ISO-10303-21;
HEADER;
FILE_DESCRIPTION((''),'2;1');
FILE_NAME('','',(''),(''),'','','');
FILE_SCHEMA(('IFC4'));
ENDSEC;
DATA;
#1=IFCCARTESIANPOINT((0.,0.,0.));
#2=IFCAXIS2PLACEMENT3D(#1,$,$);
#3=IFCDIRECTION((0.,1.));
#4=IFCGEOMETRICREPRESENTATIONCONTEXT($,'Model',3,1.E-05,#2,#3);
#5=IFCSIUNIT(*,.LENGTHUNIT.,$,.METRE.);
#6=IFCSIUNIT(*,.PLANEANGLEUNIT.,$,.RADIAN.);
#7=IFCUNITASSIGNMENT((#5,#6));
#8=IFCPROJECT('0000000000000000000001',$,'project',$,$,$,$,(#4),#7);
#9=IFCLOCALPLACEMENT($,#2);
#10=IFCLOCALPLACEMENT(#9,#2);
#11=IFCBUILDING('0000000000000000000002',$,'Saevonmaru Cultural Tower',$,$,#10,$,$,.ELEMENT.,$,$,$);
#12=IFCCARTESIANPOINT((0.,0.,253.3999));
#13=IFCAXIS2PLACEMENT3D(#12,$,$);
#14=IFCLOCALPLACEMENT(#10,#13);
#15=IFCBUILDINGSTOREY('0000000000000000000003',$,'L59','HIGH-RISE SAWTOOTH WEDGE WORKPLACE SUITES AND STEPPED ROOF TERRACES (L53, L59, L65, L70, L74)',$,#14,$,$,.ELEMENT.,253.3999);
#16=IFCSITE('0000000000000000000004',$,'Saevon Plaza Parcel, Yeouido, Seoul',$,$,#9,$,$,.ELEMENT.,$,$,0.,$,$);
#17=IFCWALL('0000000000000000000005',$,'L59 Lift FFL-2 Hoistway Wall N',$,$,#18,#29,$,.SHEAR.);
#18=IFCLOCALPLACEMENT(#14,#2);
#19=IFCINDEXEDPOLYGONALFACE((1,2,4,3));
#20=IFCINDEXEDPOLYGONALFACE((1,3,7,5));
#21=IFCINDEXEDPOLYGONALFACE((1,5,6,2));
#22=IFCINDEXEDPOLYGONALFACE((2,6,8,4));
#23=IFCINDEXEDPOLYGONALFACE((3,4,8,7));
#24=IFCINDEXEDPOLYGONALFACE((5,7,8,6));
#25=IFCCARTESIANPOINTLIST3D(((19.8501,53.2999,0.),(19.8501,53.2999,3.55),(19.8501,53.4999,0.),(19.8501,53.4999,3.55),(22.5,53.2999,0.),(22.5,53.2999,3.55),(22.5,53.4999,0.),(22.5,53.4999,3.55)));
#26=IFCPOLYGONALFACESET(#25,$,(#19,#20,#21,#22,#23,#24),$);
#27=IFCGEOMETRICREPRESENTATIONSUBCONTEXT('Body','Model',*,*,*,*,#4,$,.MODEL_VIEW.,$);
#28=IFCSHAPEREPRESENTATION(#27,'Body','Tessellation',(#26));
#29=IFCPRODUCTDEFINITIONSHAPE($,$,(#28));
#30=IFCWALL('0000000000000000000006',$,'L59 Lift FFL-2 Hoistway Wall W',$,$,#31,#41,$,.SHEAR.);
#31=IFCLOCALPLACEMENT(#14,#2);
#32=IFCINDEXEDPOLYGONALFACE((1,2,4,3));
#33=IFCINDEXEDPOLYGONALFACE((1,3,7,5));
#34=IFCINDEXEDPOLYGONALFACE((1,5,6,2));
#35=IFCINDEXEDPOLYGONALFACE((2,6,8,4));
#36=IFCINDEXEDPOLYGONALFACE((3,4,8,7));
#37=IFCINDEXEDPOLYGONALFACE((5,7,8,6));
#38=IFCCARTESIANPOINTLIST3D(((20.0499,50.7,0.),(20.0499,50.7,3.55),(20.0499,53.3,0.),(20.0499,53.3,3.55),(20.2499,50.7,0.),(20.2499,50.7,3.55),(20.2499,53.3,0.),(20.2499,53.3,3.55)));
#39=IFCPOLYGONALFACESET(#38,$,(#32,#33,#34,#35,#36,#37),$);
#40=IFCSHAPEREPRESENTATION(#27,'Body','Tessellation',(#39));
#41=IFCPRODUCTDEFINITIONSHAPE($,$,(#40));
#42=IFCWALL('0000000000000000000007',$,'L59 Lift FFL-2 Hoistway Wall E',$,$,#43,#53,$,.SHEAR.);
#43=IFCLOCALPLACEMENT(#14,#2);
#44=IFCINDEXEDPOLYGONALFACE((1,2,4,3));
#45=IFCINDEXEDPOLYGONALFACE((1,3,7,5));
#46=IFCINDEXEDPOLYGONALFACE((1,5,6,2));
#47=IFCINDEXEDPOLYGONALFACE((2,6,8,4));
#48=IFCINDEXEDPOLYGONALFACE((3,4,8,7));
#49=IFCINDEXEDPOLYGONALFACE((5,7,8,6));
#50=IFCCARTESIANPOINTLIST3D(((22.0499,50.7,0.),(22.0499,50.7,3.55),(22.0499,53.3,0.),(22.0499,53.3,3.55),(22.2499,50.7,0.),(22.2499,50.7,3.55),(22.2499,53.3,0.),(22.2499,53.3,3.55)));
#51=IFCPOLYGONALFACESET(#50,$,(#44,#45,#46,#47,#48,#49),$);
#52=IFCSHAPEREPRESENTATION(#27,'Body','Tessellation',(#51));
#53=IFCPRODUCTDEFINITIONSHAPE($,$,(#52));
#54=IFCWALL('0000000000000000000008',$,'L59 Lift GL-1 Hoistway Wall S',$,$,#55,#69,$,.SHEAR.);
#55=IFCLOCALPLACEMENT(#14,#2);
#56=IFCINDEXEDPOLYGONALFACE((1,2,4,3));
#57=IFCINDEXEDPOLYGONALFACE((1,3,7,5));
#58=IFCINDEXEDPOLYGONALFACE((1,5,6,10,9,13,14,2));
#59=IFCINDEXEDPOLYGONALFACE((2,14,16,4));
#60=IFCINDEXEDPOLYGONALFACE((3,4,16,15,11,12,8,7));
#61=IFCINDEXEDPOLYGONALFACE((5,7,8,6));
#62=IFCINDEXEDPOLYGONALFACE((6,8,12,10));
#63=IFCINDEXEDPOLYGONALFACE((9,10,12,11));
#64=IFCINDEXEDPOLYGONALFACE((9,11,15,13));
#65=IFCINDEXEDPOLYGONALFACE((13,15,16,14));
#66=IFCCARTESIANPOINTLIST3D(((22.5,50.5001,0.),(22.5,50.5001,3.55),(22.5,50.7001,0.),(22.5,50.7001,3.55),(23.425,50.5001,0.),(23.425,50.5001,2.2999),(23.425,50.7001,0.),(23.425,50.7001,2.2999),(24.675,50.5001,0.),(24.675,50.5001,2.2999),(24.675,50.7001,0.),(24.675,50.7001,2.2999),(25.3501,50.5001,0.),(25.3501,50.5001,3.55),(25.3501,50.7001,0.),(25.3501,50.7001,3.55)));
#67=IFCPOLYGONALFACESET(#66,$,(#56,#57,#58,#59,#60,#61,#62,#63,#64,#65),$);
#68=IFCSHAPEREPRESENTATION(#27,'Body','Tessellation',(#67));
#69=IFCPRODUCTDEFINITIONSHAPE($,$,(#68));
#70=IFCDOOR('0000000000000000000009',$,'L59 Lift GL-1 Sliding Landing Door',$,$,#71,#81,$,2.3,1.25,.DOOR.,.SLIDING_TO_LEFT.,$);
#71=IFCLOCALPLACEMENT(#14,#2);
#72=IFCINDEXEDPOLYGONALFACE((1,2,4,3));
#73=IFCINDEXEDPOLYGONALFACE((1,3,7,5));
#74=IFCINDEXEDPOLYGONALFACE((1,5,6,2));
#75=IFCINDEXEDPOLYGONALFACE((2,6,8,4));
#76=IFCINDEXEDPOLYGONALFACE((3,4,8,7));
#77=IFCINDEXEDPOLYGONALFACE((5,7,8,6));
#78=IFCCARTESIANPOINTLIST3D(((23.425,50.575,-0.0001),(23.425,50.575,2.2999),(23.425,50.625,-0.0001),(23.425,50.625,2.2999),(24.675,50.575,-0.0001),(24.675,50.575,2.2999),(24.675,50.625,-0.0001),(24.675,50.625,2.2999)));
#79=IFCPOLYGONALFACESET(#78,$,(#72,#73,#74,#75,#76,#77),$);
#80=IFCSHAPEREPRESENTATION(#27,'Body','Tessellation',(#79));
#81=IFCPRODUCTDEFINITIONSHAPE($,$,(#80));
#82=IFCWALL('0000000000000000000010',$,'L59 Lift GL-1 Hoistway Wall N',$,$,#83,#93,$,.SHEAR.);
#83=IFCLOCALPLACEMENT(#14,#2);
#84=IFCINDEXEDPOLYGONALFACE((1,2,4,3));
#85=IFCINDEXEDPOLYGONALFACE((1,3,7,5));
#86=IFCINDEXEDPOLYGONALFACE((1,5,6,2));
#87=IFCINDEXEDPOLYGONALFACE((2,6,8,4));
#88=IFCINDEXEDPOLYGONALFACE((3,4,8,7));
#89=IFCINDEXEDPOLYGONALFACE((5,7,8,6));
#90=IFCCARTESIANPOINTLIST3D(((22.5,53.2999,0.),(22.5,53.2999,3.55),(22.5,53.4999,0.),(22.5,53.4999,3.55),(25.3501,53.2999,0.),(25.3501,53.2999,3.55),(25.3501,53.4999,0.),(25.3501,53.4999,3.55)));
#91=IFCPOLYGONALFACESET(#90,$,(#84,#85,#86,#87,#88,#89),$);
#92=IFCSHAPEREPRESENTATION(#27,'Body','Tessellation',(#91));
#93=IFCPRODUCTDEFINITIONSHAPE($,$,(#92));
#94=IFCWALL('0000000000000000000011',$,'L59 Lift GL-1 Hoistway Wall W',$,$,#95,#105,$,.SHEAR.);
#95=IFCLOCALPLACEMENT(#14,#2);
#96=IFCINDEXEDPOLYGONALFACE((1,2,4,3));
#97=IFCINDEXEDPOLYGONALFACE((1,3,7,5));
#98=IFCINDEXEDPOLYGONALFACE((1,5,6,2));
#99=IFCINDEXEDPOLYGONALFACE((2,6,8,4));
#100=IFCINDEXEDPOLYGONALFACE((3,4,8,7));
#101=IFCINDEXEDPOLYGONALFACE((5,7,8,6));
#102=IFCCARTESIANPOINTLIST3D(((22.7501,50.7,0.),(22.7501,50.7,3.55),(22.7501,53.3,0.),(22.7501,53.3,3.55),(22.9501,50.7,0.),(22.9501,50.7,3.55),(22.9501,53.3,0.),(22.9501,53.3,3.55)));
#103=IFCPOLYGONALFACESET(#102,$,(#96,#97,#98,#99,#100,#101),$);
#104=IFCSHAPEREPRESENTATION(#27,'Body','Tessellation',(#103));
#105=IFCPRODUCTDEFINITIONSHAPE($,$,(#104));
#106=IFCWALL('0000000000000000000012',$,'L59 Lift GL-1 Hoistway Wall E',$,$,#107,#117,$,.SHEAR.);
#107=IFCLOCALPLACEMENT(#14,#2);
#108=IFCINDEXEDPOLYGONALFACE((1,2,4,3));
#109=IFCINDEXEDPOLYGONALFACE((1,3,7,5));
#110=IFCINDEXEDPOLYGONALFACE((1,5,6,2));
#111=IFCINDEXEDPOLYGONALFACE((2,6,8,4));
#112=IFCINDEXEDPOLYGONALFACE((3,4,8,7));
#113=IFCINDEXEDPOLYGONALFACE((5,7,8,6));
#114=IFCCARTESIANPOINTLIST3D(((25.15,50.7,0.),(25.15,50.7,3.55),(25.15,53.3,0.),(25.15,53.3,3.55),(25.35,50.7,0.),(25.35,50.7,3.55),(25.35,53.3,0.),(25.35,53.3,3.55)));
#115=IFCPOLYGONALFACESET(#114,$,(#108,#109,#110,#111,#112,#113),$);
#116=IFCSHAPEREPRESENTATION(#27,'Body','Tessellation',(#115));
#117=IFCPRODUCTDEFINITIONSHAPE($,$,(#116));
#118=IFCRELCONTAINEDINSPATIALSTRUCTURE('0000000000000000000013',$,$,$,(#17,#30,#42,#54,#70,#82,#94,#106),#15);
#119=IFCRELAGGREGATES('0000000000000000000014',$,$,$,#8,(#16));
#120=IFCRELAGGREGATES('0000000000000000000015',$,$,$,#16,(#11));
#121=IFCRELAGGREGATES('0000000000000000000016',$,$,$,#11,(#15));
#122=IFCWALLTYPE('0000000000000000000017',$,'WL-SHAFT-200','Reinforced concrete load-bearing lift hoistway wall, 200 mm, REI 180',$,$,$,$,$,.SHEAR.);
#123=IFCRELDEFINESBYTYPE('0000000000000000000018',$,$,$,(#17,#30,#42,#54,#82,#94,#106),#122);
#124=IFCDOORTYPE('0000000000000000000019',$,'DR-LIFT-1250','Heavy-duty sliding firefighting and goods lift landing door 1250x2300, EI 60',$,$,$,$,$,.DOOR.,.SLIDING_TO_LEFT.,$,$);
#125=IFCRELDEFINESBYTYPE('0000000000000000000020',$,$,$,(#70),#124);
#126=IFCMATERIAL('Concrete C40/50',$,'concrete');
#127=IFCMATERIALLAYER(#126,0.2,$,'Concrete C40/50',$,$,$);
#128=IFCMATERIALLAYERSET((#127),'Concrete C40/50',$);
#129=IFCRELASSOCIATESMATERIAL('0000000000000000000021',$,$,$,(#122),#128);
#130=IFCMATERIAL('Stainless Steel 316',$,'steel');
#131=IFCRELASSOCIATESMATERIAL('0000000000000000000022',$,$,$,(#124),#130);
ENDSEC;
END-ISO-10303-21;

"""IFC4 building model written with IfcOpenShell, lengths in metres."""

from ifc_helpers import new_model, si_unit, direction, frame, frame_2d, origin, place, context, subcontext, project, spatial, rectangle, extrude, material, layer, layer_set, type_object, element, fill, save


model = new_model("IFC4")

# Units and contexts
model_context = context("Model", 3, precision=1e-05, world=origin(), true_north=direction((0.0, 1.0)))
body_context = subcontext(model_context, "Body", "Model", "MODEL_VIEW")
ifc_project = project(units=[si_unit("LENGTHUNIT", "METRE"), si_unit("PLANEANGLEUNIT", "RADIAN")], contexts=[model_context])

# Site, building, storey
site_placement = place(None, origin())
site = spatial("IfcSite", under=ifc_project, at=site_placement, Name="Saevon Plaza Parcel, Yeouido, Seoul", CompositionType="ELEMENT", RefElevation=0.0)
building_placement = place(site_placement, origin())
building = spatial("IfcBuilding", under=site, at=building_placement, Name="Saevonmaru Cultural Tower", CompositionType="ELEMENT")
storey_placement = place(building_placement, frame((0.0, 0.0, 253.3999)))
storey = spatial("IfcBuildingStorey", under=building, at=storey_placement, Name="L59", Description="HIGH-RISE SAWTOOTH WEDGE WORKPLACE SUITES AND STEPPED ROOF TERRACES (L53, L59, L65, L70, L74)", CompositionType="ELEMENT", Elevation=253.3999)

# Shared definitions
ifc_material_1 = material(Name="Concrete C40/50", Category="concrete")
ifc_layer_1 = layer(ifc_material_1, 0.2, Name="Concrete C40/50")
ifc_layer_set_1 = layer_set([ifc_layer_1], Name="Concrete C40/50")
wall_type_1 = type_object("IfcWallType", Name="WL-SHAFT-200", Description="Reinforced concrete load-bearing lift hoistway wall, 200 mm, REI 180", PredefinedType="SHEAR", material=ifc_layer_set_1)

# Shared definitions
ifc_material_2 = material(Name="Stainless Steel 316", Category="steel")
door_type_1 = type_object("IfcDoorType", Name="DR-LIFT-1250", Description="Heavy-duty sliding firefighting and goods lift landing door 1250x2300, EI 60", OperationType="SLIDING_TO_LEFT", PredefinedType="DOOR", material=ifc_material_2)

# Walls
wall_1_placement = place(storey_placement, frame((19.8501, 53.3999, 0.0), z_axis=(0.0, 0.0, 1.0), x_axis=(1.0, 0.0, 0.0)))
element("IfcWall", 1, at=wall_1_placement, inside=storey, type_object=wall_type_1, Name="L59 Lift FFL-2 Hoistway Wall N", PredefinedType="SHEAR", context=body_context, shape_type="SweptSolid", body=[
    extrude(rectangle(XDim=2.6499, YDim=0.2, at=frame_2d((1.325, 0.0))), origin(), (0.0, 0.0, 1.0), 3.55),
])
for number, where, z_axis, x_axis, name in (
    (2, (20.1499, 50.7, 0.0), (0.0, 0.0, 1.0), (0.0, 1.0, 0.0), "L59 Lift FFL-2 Hoistway Wall W"),
    (3, (22.1499, 50.7, 0.0), (0.0, 0.0, 1.0), (0.0, 1.0, 0.0), "L59 Lift FFL-2 Hoistway Wall E"),
):
    element("IfcWall", number, at=place(storey_placement, frame(where, z_axis=z_axis, x_axis=x_axis)), inside=storey, type_object=wall_type_1, Name=name, PredefinedType="SHEAR", context=body_context, shape_type="SweptSolid", body=[
        extrude(rectangle(XDim=2.6001, YDim=0.2, at=frame_2d((1.3, 0.0))), origin(), (0.0, 0.0, 1.0), 3.55),
    ])

# Wall, opening, door
wall_2_placement = place(storey_placement, frame((22.5, 50.6001, 0.0), z_axis=(0.0, 0.0, 1.0), x_axis=(1.0, 0.0, 0.0)))
wall_2 = element("IfcWall", 4, at=wall_2_placement, inside=storey, type_object=wall_type_1, Name="L59 Lift GL-1 Hoistway Wall S", PredefinedType="SHEAR", context=body_context, shape_type="SweptSolid", body=[
    extrude(rectangle(XDim=2.8501, YDim=0.2, at=frame_2d((1.425, 0.0))), origin(), (0.0, 0.0, 1.0), 3.55),
])
opening_1_placement = place(wall_2_placement, frame((0.925, 0.0, 0.0)))
opening_1 = element("IfcOpeningElement", 5, at=opening_1_placement, cuts=wall_2, PredefinedType="OPENING", context=body_context, shape_type="SweptSolid", body=[
    extrude(rectangle(XDim=1.25, YDim=2.3, at=frame_2d((0.625, 1.1499))), frame((0.0, 0.1099, 0.0), z_axis=(0.0, -1.0, 0.0), x_axis=(1.0, 0.0, 0.0)), (0.0, 0.0, 1.0), 0.22),
])
door_1_placement = place(opening_1_placement, origin())
door_1 = element("IfcDoor", 6, at=door_1_placement, inside=storey, type_object=door_type_1, Name="L59 Lift GL-1 Sliding Landing Door", OperationType="SLIDING_TO_LEFT", OverallHeight=2.3, OverallWidth=1.25, PredefinedType="DOOR", context=body_context, shape_type="SweptSolid", body=[
    extrude(rectangle(XDim=1.25, YDim=2.3, at=frame_2d((0.625, 1.1499))), frame((0.0, 0.0249, 0.0), z_axis=(0.0, -1.0, 0.0), x_axis=(1.0, 0.0, 0.0)), (0.0, 0.0, 1.0), 0.05),
])
fill(opening_1, door_1)

# Walls
wall_3_placement = place(storey_placement, frame((22.5, 53.3999, 0.0), z_axis=(0.0, 0.0, 1.0), x_axis=(1.0, 0.0, 0.0)))
element("IfcWall", 7, at=wall_3_placement, inside=storey, type_object=wall_type_1, Name="L59 Lift GL-1 Hoistway Wall N", PredefinedType="SHEAR", context=body_context, shape_type="SweptSolid", body=[
    extrude(rectangle(XDim=2.8501, YDim=0.2, at=frame_2d((1.425, 0.0))), origin(), (0.0, 0.0, 1.0), 3.55),
])
for number, where, z_axis, x_axis, name in (
    (8, (22.8501, 50.7, 0.0), (0.0, 0.0, 1.0), (0.0, 1.0, 0.0), "L59 Lift GL-1 Hoistway Wall W"),
    (9, (25.25, 50.7, 0.0), (0.0, 0.0, 1.0), (0.0, 1.0, 0.0), "L59 Lift GL-1 Hoistway Wall E"),
):
    element("IfcWall", number, at=place(storey_placement, frame(where, z_axis=z_axis, x_axis=x_axis)), inside=storey, type_object=wall_type_1, Name=name, PredefinedType="SHEAR", context=body_context, shape_type="SweptSolid", body=[
        extrude(rectangle(XDim=2.6001, YDim=0.2, at=frame_2d((1.3, 0.0))), origin(), (0.0, 0.0, 1.0), 3.55),
    ])

save(model, "model.ifc")
